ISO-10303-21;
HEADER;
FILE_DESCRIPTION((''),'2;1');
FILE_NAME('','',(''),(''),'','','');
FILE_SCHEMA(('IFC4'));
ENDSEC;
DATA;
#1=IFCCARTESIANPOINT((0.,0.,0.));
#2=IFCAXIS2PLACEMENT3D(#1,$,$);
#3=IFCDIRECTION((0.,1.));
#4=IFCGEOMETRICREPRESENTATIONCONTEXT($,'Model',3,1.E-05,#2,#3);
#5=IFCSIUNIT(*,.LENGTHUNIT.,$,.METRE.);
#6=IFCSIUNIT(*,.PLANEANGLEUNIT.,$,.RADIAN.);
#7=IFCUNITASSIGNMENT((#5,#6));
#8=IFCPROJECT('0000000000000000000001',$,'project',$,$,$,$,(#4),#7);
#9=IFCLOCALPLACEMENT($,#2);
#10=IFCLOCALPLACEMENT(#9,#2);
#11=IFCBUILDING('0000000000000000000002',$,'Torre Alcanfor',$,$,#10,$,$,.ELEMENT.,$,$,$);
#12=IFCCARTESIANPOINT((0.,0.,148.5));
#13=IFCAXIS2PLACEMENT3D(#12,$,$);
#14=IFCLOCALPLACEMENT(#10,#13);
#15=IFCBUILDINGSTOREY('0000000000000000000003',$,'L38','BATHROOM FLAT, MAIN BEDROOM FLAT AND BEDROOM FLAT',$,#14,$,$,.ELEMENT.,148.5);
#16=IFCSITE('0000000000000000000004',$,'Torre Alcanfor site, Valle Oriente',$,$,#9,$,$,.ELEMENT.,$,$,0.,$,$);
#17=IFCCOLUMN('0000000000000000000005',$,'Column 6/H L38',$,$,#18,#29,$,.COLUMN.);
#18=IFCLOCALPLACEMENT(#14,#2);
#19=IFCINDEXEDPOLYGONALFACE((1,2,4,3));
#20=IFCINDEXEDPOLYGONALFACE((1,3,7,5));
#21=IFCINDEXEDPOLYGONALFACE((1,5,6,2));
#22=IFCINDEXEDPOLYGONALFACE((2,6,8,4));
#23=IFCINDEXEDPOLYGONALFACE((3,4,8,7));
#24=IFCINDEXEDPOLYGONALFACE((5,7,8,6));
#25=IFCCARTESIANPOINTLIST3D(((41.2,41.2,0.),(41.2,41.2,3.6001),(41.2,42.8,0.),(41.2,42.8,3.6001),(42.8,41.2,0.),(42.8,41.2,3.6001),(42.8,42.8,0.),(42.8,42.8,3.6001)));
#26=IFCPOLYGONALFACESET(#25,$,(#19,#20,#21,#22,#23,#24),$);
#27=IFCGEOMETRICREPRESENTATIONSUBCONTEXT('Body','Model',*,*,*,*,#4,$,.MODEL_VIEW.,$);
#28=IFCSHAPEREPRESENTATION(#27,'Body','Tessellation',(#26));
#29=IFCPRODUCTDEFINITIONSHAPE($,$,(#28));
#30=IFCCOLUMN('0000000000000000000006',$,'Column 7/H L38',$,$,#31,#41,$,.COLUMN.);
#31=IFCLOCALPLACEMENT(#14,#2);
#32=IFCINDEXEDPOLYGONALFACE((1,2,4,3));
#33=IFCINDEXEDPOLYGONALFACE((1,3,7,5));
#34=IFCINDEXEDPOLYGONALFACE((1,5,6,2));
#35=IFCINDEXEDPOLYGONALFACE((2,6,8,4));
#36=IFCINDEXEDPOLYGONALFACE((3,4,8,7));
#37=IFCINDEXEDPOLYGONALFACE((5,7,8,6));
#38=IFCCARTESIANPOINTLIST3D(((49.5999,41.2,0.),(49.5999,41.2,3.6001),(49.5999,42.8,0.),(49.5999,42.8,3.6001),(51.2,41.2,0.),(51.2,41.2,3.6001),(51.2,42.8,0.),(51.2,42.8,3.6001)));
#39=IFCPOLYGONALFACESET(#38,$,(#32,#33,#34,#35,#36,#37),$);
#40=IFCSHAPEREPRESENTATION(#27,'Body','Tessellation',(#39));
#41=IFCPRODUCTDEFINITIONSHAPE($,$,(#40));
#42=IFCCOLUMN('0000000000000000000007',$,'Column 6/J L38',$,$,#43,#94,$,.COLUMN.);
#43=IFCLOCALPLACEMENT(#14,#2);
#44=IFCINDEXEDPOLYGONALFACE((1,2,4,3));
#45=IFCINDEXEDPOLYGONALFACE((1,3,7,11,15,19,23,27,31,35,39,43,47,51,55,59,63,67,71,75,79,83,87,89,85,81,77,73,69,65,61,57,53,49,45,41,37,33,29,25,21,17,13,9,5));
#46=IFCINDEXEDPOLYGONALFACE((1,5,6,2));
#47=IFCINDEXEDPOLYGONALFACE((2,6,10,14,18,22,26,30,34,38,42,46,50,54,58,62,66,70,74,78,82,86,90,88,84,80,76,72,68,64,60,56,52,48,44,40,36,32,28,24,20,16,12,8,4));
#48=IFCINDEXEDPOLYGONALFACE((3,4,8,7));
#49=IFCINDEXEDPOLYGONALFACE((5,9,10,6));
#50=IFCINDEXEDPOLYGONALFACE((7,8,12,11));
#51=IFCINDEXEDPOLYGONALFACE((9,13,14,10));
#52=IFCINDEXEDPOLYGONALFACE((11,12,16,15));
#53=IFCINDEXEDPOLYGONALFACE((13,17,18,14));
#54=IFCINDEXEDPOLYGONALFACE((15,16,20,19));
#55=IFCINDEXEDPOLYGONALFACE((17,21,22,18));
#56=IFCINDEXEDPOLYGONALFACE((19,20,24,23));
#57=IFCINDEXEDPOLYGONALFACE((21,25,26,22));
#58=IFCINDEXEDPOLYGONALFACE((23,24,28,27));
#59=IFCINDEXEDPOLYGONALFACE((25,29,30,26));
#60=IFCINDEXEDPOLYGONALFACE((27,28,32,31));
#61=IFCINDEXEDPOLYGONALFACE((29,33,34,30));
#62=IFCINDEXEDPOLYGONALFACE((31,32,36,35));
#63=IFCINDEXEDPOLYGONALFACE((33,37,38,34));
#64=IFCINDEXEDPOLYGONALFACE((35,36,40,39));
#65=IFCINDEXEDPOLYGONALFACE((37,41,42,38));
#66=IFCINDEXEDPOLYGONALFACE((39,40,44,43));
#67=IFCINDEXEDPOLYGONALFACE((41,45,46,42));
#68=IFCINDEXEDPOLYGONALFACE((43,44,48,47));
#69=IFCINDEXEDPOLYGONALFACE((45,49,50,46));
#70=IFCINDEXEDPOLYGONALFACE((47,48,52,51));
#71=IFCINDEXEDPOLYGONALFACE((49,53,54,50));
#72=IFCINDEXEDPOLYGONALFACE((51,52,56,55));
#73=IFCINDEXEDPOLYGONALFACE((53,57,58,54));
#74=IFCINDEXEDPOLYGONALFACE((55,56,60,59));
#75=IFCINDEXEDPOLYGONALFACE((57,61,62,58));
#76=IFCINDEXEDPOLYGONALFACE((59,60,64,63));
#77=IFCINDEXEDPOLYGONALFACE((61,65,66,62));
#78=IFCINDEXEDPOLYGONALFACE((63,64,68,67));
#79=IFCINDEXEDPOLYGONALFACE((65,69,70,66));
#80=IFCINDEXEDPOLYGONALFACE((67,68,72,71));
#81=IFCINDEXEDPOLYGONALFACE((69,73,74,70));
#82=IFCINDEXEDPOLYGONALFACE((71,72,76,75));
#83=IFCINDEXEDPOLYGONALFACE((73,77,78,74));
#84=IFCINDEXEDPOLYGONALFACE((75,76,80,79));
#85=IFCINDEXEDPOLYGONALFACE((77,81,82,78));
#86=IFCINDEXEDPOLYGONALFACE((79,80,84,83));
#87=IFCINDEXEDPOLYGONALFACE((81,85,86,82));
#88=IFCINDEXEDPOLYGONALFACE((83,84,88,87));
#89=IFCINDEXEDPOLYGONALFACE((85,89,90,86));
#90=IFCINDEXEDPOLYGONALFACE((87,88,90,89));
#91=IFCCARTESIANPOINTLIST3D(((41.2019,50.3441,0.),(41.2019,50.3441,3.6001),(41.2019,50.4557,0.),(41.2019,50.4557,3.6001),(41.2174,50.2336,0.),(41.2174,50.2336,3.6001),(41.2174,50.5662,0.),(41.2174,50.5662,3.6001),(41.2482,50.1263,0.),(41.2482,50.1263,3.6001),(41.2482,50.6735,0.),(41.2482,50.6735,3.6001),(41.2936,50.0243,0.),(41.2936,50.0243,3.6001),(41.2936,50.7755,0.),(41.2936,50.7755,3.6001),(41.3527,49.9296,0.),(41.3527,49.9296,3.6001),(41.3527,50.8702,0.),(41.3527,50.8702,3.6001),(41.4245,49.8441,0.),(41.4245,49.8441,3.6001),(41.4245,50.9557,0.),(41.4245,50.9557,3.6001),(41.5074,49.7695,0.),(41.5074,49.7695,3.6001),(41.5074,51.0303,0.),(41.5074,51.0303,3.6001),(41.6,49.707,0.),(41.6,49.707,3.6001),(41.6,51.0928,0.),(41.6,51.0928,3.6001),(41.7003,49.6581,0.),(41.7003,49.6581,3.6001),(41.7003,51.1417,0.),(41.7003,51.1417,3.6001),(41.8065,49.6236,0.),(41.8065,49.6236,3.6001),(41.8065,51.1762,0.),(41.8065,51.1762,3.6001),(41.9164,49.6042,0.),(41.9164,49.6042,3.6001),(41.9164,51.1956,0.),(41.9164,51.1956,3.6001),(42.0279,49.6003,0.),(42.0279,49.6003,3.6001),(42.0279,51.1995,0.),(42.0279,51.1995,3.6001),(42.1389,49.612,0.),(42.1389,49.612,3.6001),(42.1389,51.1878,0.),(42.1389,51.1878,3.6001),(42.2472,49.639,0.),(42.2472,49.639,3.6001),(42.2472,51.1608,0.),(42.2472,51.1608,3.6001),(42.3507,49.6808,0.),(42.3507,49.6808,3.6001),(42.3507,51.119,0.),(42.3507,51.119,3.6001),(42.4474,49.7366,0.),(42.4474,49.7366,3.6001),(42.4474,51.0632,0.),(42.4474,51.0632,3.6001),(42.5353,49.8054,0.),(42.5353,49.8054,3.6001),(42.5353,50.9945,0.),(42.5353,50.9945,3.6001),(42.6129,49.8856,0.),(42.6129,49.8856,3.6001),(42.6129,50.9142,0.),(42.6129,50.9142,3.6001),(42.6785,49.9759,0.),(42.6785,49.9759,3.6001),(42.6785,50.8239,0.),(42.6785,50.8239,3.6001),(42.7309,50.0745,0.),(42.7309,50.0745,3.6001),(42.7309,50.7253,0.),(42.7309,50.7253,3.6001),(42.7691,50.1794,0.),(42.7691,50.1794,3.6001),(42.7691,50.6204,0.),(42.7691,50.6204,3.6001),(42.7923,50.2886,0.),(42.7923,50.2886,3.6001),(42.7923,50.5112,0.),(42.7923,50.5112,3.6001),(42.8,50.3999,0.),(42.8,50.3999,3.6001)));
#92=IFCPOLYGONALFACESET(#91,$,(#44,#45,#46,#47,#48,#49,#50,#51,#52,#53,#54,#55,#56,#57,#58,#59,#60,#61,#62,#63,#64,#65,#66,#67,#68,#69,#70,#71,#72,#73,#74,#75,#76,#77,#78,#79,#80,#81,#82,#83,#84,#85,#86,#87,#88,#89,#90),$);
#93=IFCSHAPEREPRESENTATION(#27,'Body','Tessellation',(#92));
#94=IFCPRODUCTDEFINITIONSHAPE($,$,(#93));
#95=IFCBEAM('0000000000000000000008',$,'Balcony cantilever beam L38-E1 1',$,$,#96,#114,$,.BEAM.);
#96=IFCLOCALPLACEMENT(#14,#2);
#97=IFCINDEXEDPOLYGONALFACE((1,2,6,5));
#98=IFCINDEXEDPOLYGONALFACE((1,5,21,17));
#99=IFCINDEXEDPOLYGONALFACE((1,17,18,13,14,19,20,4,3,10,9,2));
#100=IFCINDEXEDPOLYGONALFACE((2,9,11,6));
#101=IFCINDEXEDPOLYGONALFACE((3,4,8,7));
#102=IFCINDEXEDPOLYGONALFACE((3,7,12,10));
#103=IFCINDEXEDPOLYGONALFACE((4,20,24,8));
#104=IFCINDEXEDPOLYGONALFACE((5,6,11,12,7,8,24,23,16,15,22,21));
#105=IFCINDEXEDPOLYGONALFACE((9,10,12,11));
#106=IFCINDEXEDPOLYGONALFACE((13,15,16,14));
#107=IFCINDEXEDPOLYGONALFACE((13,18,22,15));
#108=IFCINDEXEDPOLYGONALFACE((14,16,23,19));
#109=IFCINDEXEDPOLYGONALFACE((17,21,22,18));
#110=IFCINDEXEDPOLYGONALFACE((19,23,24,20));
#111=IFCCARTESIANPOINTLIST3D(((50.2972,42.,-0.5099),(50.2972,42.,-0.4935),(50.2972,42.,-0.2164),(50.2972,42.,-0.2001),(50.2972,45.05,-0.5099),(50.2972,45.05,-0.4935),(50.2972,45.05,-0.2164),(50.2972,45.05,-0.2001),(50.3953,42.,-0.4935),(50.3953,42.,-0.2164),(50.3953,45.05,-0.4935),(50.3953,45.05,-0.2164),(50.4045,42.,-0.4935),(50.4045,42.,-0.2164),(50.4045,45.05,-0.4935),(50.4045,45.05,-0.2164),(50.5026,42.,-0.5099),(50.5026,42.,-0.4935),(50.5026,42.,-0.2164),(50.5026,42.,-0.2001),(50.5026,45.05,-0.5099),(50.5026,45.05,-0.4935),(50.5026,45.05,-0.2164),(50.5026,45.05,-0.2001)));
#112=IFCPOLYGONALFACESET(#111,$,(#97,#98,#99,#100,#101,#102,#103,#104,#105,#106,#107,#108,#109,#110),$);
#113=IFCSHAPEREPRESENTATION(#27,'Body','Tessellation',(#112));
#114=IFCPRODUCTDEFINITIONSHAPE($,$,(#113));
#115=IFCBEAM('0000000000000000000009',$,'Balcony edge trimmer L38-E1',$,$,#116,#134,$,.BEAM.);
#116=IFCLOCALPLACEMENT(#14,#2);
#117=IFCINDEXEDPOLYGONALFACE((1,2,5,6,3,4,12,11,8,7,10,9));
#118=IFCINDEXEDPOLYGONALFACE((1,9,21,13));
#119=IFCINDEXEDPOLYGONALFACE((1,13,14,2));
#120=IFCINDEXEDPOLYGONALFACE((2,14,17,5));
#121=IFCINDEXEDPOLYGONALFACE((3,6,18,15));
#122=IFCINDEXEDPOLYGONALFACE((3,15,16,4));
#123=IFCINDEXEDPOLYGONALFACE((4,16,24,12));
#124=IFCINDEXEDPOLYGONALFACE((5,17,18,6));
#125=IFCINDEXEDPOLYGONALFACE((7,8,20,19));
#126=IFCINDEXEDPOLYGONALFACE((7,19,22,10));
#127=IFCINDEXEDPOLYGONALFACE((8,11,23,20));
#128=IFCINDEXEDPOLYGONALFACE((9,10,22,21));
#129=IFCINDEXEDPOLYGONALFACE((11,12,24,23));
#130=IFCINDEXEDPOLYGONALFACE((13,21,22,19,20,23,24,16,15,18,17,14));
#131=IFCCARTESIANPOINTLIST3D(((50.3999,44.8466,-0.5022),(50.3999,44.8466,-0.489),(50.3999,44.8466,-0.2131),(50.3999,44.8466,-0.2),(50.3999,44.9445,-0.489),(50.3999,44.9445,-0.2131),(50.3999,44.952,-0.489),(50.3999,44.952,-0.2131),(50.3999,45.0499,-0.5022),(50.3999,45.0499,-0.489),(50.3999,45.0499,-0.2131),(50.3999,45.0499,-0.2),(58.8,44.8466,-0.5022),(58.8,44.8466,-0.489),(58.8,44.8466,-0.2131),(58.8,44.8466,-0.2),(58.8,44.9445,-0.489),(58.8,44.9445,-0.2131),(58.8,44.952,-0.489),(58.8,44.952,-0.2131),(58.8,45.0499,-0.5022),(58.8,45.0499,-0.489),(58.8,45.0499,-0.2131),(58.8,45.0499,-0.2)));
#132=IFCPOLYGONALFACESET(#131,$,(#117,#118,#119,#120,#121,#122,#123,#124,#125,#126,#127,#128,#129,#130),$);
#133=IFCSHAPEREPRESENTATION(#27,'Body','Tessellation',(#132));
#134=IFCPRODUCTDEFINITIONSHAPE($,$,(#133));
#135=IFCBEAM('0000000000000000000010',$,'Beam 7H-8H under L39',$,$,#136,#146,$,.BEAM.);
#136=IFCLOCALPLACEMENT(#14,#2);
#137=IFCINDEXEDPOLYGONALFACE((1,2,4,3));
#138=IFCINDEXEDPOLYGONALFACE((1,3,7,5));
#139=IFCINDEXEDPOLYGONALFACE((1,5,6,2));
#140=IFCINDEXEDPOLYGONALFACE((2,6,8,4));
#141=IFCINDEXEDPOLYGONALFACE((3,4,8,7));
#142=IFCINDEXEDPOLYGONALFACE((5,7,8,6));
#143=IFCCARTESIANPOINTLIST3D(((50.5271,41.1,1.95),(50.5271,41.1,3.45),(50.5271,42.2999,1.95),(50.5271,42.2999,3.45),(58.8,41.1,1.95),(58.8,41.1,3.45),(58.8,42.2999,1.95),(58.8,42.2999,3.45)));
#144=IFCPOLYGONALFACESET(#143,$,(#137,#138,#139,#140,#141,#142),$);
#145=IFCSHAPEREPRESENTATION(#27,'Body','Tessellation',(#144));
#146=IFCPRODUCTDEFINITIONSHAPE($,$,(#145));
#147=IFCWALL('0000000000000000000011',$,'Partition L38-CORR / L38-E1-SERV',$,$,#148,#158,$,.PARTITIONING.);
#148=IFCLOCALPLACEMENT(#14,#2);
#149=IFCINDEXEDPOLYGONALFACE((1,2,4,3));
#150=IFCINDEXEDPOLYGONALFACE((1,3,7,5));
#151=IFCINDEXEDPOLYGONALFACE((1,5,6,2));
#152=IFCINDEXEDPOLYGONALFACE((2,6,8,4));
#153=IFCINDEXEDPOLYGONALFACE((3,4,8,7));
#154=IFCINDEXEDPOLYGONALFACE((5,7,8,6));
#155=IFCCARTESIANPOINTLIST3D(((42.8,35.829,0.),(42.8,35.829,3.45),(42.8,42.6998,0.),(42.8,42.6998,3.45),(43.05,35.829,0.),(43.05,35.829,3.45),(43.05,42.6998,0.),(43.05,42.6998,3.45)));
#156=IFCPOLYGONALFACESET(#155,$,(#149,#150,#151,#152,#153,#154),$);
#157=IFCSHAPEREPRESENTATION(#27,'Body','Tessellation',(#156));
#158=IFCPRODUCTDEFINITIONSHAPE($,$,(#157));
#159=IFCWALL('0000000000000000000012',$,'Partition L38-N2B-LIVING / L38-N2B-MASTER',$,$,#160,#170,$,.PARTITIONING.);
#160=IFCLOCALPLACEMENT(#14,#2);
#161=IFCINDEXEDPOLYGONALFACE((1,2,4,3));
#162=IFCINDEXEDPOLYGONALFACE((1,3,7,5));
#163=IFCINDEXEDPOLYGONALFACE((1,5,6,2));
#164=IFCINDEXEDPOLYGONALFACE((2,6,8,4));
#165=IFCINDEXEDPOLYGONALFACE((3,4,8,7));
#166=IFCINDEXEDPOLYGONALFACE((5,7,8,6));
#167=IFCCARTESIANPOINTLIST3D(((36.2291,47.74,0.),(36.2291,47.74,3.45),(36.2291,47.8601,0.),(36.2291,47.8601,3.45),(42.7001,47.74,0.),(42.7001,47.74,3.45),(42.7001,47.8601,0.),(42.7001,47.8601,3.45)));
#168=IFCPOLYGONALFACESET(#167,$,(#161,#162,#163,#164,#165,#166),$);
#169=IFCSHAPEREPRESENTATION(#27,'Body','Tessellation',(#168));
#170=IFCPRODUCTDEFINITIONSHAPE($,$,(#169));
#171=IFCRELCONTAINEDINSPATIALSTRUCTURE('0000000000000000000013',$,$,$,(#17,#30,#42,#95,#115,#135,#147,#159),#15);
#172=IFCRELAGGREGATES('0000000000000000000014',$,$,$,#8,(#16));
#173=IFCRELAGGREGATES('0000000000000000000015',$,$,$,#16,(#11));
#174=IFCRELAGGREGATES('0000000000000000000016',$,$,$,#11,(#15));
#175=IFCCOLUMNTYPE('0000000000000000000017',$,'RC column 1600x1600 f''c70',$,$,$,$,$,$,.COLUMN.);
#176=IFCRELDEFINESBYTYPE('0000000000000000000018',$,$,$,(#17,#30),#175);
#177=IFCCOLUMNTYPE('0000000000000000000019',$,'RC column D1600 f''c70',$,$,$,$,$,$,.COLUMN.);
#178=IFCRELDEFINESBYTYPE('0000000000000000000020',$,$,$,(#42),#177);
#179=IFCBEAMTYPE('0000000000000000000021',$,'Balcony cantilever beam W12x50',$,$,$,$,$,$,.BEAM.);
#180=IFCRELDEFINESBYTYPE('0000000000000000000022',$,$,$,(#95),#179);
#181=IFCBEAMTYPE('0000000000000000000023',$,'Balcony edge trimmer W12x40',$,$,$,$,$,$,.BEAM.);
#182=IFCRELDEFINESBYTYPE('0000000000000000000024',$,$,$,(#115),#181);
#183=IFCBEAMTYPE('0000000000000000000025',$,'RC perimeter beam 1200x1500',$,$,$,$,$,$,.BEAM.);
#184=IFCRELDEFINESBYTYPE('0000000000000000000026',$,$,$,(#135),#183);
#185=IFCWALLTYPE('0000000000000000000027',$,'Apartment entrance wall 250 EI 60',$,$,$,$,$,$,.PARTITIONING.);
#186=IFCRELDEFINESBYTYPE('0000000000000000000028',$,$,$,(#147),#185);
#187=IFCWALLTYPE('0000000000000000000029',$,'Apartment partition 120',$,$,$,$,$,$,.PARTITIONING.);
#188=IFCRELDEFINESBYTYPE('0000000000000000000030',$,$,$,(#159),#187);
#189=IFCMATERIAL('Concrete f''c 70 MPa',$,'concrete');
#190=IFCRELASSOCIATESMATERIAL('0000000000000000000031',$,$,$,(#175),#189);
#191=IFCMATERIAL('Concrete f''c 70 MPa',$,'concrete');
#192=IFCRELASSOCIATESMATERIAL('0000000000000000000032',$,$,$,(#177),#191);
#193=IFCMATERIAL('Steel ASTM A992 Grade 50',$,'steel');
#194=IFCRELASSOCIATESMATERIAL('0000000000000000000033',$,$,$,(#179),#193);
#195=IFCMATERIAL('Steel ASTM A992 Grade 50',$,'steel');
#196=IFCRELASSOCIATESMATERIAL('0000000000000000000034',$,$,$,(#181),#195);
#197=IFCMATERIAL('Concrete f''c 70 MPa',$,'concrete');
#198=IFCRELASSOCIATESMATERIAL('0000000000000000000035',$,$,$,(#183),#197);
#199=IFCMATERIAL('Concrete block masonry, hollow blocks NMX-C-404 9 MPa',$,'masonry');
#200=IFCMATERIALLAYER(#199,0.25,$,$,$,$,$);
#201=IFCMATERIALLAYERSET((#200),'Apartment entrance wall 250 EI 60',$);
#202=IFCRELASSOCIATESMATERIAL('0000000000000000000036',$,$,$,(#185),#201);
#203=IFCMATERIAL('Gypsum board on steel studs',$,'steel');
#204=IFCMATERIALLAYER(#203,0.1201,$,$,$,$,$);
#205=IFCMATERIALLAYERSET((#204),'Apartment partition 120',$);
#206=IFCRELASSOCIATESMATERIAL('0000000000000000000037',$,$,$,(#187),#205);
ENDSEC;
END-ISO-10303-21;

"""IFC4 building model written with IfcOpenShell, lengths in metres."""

from ifc_helpers import new_model, si_unit, direction, frame, frame_2d, origin, origin_2d, place, context, subcontext, project, spatial, rectangle, circle, i_section, extrude, material, layer, layer_set, material_profile, profile_set, type_object, element, save


model = new_model("IFC4")

# Units and contexts
model_context = context("Model", 3, precision=1e-05, world=origin(), true_north=direction((0.0, 1.0)))
body_context = subcontext(model_context, "Body", "Model", "MODEL_VIEW")
ifc_project = project(units=[si_unit("LENGTHUNIT", "METRE"), si_unit("PLANEANGLEUNIT", "RADIAN")], contexts=[model_context])

# Site, building, storey
site_placement = place(None, origin())
site = spatial("IfcSite", under=ifc_project, at=site_placement, Name="Torre Alcanfor site, Valle Oriente", CompositionType="ELEMENT", RefElevation=0.0)
building_placement = place(site_placement, origin())
building = spatial("IfcBuilding", under=site, at=building_placement, Name="Torre Alcanfor", CompositionType="ELEMENT")
storey_placement = place(building_placement, frame((0.0, 0.0, 148.5)))
storey = spatial("IfcBuildingStorey", under=building, at=storey_placement, Name="L38", Description="BATHROOM FLAT, MAIN BEDROOM FLAT AND BEDROOM FLAT", CompositionType="ELEMENT", Elevation=148.5)

# Columns
ifc_material_1 = material(Name="Concrete f'c 70 MPa", Category="concrete")
ifc_material_profile_1 = material_profile(ifc_material_1, rectangle(XDim=1.6001, YDim=1.6001, at=origin_2d()), Name="1600x1600")
ifc_profile_set_1 = profile_set([ifc_material_profile_1], Name="Concrete f'c 70 MPa")
column_type_1 = type_object("IfcColumnType", Name="RC column 1600x1600 f'c70", PredefinedType="COLUMN", material=ifc_profile_set_1)
for number, where, z_axis, x_axis, name in (
    (1, (42.0, 42.0, 0.0), (0.0, 0.0, 1.0), (1.0, 0.0, 0.0), "Column 6/H L38"),
    (2, (50.3999, 42.0, 0.0), (0.0, 0.0, 1.0), (1.0, 0.0, 0.0), "Column 7/H L38"),
):
    element("IfcColumn", number, at=place(storey_placement, frame(where, z_axis=z_axis, x_axis=x_axis)), inside=storey, type_object=column_type_1, Name=name, PredefinedType="COLUMN", context=body_context, shape_type="SweptSolid", body=[
        extrude(rectangle(XDim=1.6001, YDim=1.6001, at=origin_2d()), origin(), (0.0, 0.0, 1.0), 3.6001),
    ])
ifc_material_2 = material(Name="Concrete f'c 70 MPa", Category="concrete")
ifc_material_profile_2 = material_profile(ifc_material_2, circle(Radius=0.8, at=origin_2d()), Name="D1600")
ifc_profile_set_2 = profile_set([ifc_material_profile_2], Name="Concrete f'c 70 MPa")
column_type_2 = type_object("IfcColumnType", Name="RC column D1600 f'c70", PredefinedType="COLUMN", material=ifc_profile_set_2)
column_placement = place(storey_placement, frame((42.0, 50.3999, 0.0), z_axis=(0.0, 0.0, 1.0), x_axis=(1.0, 0.0, 0.0)))
element("IfcColumn", 3, at=column_placement, inside=storey, type_object=column_type_2, Name="Column 6/J L38", PredefinedType="COLUMN", context=body_context, shape_type="SweptSolid", body=[
    extrude(circle(Radius=0.8, at=origin_2d()), origin(), (0.0, 0.0, 1.0), 3.6001),
])

# Beams
ifc_material_3 = material(Name="Steel ASTM A992 Grade 50", Category="steel")
ifc_material_profile_3 = material_profile(ifc_material_3, i_section(OverallWidth=0.2053, OverallDepth=0.3098, WebThickness=0.0093, FlangeThickness=0.0164, at=origin_2d()), Name="W12x50")
ifc_profile_set_3 = profile_set([ifc_material_profile_3], Name="Steel ASTM A992 Grade 50")
beam_type_1 = type_object("IfcBeamType", Name="Balcony cantilever beam W12x50", PredefinedType="BEAM", material=ifc_profile_set_3)
beam_1_placement = place(storey_placement, frame((50.3999, 42.0, -0.355), z_axis=(0.0, 1.0, 0.0), x_axis=(-1.0, 0.0, 0.0)))
element("IfcBeam", 4, at=beam_1_placement, inside=storey, type_object=beam_type_1, Name="Balcony cantilever beam L38-E1 1", PredefinedType="BEAM", context=body_context, shape_type="SweptSolid", body=[
    extrude(i_section(OverallWidth=0.2053, OverallDepth=0.3098, WebThickness=0.0093, FlangeThickness=0.0164, at=origin_2d()), origin(), (0.0, 0.0, 1.0), 3.05),
])
ifc_material_4 = material(Name="Steel ASTM A992 Grade 50", Category="steel")
ifc_material_profile_4 = material_profile(ifc_material_4, i_section(OverallWidth=0.2034, OverallDepth=0.3022, WebThickness=0.0076, FlangeThickness=0.0132, at=origin_2d()), Name="W12x40")
ifc_profile_set_4 = profile_set([ifc_material_profile_4], Name="Steel ASTM A992 Grade 50")
beam_type_2 = type_object("IfcBeamType", Name="Balcony edge trimmer W12x40", PredefinedType="BEAM", material=ifc_profile_set_4)
beam_2_placement = place(storey_placement, frame((50.3999, 44.9482, -0.3511), z_axis=(1.0, 0.0, 0.0), x_axis=(0.0, 1.0, 0.0)))
element("IfcBeam", 5, at=beam_2_placement, inside=storey, type_object=beam_type_2, Name="Balcony edge trimmer L38-E1", PredefinedType="BEAM", context=body_context, shape_type="SweptSolid", body=[
    extrude(i_section(OverallWidth=0.2034, OverallDepth=0.3022, WebThickness=0.0076, FlangeThickness=0.0132, at=origin_2d()), origin(), (0.0, 0.0, 1.0), 8.4001),
])
ifc_material_5 = material(Name="Concrete f'c 70 MPa", Category="concrete")
ifc_material_profile_5 = material_profile(ifc_material_5, rectangle(XDim=1.2, YDim=1.5, at=origin_2d()), Name="1200x1500")
ifc_profile_set_5 = profile_set([ifc_material_profile_5], Name="Concrete f'c 70 MPa")
beam_type_3 = type_object("IfcBeamType", Name="RC perimeter beam 1200x1500", PredefinedType="BEAM", material=ifc_profile_set_5)
beam_3_placement = place(storey_placement, frame((50.5271, 41.7, 2.7), z_axis=(1.0, 0.0, 0.0), x_axis=(0.0, 1.0, 0.0)))
element("IfcBeam", 6, at=beam_3_placement, inside=storey, type_object=beam_type_3, Name="Beam 7H-8H under L39", PredefinedType="BEAM", context=body_context, shape_type="SweptSolid", body=[
    extrude(rectangle(XDim=1.2, YDim=1.5, at=origin_2d()), origin(), (0.0, 0.0, 1.0), 8.2729),
])

# Walls
ifc_material_6 = material(Name="Concrete block masonry, hollow blocks NMX-C-404 9 MPa", Category="masonry")
ifc_layer_1 = layer(ifc_material_6, 0.25)
ifc_layer_set_1 = layer_set([ifc_layer_1], Name="Apartment entrance wall 250 EI 60")
wall_type_1 = type_object("IfcWallType", Name="Apartment entrance wall 250 EI 60", PredefinedType="PARTITIONING", material=ifc_layer_set_1)
wall_1_placement = place(storey_placement, frame((42.925, 42.7, 0.0), z_axis=(0.0, 0.0, 1.0), x_axis=(0.0, -1.0, 0.0)))
element("IfcWall", 7, at=wall_1_placement, inside=storey, type_object=wall_type_1, Name="Partition L38-CORR / L38-E1-SERV", PredefinedType="PARTITIONING", context=body_context, shape_type="SweptSolid", body=[
    extrude(rectangle(XDim=6.8708, YDim=0.25, at=frame_2d((3.4355, 0.0))), origin(), (0.0, 0.0, 1.0), 3.45),
])
ifc_material_7 = material(Name="Gypsum board on steel studs", Category="steel")
ifc_layer_2 = layer(ifc_material_7, 0.1201)
ifc_layer_set_2 = layer_set([ifc_layer_2], Name="Apartment partition 120")
wall_type_2 = type_object("IfcWallType", Name="Apartment partition 120", PredefinedType="PARTITIONING", material=ifc_layer_set_2)
wall_2_placement = place(storey_placement, frame((42.7, 47.8, 0.0), z_axis=(0.0, 0.0, 1.0), x_axis=(-1.0, 0.0, 0.0)))
element("IfcWall", 8, at=wall_2_placement, inside=storey, type_object=wall_type_2, Name="Partition L38-N2B-LIVING / L38-N2B-MASTER", PredefinedType="PARTITIONING", context=body_context, shape_type="SweptSolid", body=[
    extrude(rectangle(XDim=6.4709, YDim=0.1201, at=frame_2d((3.2354, 0.0))), origin(), (0.0, 0.0, 1.0), 3.45),
])

save(model, "model.ifc")
